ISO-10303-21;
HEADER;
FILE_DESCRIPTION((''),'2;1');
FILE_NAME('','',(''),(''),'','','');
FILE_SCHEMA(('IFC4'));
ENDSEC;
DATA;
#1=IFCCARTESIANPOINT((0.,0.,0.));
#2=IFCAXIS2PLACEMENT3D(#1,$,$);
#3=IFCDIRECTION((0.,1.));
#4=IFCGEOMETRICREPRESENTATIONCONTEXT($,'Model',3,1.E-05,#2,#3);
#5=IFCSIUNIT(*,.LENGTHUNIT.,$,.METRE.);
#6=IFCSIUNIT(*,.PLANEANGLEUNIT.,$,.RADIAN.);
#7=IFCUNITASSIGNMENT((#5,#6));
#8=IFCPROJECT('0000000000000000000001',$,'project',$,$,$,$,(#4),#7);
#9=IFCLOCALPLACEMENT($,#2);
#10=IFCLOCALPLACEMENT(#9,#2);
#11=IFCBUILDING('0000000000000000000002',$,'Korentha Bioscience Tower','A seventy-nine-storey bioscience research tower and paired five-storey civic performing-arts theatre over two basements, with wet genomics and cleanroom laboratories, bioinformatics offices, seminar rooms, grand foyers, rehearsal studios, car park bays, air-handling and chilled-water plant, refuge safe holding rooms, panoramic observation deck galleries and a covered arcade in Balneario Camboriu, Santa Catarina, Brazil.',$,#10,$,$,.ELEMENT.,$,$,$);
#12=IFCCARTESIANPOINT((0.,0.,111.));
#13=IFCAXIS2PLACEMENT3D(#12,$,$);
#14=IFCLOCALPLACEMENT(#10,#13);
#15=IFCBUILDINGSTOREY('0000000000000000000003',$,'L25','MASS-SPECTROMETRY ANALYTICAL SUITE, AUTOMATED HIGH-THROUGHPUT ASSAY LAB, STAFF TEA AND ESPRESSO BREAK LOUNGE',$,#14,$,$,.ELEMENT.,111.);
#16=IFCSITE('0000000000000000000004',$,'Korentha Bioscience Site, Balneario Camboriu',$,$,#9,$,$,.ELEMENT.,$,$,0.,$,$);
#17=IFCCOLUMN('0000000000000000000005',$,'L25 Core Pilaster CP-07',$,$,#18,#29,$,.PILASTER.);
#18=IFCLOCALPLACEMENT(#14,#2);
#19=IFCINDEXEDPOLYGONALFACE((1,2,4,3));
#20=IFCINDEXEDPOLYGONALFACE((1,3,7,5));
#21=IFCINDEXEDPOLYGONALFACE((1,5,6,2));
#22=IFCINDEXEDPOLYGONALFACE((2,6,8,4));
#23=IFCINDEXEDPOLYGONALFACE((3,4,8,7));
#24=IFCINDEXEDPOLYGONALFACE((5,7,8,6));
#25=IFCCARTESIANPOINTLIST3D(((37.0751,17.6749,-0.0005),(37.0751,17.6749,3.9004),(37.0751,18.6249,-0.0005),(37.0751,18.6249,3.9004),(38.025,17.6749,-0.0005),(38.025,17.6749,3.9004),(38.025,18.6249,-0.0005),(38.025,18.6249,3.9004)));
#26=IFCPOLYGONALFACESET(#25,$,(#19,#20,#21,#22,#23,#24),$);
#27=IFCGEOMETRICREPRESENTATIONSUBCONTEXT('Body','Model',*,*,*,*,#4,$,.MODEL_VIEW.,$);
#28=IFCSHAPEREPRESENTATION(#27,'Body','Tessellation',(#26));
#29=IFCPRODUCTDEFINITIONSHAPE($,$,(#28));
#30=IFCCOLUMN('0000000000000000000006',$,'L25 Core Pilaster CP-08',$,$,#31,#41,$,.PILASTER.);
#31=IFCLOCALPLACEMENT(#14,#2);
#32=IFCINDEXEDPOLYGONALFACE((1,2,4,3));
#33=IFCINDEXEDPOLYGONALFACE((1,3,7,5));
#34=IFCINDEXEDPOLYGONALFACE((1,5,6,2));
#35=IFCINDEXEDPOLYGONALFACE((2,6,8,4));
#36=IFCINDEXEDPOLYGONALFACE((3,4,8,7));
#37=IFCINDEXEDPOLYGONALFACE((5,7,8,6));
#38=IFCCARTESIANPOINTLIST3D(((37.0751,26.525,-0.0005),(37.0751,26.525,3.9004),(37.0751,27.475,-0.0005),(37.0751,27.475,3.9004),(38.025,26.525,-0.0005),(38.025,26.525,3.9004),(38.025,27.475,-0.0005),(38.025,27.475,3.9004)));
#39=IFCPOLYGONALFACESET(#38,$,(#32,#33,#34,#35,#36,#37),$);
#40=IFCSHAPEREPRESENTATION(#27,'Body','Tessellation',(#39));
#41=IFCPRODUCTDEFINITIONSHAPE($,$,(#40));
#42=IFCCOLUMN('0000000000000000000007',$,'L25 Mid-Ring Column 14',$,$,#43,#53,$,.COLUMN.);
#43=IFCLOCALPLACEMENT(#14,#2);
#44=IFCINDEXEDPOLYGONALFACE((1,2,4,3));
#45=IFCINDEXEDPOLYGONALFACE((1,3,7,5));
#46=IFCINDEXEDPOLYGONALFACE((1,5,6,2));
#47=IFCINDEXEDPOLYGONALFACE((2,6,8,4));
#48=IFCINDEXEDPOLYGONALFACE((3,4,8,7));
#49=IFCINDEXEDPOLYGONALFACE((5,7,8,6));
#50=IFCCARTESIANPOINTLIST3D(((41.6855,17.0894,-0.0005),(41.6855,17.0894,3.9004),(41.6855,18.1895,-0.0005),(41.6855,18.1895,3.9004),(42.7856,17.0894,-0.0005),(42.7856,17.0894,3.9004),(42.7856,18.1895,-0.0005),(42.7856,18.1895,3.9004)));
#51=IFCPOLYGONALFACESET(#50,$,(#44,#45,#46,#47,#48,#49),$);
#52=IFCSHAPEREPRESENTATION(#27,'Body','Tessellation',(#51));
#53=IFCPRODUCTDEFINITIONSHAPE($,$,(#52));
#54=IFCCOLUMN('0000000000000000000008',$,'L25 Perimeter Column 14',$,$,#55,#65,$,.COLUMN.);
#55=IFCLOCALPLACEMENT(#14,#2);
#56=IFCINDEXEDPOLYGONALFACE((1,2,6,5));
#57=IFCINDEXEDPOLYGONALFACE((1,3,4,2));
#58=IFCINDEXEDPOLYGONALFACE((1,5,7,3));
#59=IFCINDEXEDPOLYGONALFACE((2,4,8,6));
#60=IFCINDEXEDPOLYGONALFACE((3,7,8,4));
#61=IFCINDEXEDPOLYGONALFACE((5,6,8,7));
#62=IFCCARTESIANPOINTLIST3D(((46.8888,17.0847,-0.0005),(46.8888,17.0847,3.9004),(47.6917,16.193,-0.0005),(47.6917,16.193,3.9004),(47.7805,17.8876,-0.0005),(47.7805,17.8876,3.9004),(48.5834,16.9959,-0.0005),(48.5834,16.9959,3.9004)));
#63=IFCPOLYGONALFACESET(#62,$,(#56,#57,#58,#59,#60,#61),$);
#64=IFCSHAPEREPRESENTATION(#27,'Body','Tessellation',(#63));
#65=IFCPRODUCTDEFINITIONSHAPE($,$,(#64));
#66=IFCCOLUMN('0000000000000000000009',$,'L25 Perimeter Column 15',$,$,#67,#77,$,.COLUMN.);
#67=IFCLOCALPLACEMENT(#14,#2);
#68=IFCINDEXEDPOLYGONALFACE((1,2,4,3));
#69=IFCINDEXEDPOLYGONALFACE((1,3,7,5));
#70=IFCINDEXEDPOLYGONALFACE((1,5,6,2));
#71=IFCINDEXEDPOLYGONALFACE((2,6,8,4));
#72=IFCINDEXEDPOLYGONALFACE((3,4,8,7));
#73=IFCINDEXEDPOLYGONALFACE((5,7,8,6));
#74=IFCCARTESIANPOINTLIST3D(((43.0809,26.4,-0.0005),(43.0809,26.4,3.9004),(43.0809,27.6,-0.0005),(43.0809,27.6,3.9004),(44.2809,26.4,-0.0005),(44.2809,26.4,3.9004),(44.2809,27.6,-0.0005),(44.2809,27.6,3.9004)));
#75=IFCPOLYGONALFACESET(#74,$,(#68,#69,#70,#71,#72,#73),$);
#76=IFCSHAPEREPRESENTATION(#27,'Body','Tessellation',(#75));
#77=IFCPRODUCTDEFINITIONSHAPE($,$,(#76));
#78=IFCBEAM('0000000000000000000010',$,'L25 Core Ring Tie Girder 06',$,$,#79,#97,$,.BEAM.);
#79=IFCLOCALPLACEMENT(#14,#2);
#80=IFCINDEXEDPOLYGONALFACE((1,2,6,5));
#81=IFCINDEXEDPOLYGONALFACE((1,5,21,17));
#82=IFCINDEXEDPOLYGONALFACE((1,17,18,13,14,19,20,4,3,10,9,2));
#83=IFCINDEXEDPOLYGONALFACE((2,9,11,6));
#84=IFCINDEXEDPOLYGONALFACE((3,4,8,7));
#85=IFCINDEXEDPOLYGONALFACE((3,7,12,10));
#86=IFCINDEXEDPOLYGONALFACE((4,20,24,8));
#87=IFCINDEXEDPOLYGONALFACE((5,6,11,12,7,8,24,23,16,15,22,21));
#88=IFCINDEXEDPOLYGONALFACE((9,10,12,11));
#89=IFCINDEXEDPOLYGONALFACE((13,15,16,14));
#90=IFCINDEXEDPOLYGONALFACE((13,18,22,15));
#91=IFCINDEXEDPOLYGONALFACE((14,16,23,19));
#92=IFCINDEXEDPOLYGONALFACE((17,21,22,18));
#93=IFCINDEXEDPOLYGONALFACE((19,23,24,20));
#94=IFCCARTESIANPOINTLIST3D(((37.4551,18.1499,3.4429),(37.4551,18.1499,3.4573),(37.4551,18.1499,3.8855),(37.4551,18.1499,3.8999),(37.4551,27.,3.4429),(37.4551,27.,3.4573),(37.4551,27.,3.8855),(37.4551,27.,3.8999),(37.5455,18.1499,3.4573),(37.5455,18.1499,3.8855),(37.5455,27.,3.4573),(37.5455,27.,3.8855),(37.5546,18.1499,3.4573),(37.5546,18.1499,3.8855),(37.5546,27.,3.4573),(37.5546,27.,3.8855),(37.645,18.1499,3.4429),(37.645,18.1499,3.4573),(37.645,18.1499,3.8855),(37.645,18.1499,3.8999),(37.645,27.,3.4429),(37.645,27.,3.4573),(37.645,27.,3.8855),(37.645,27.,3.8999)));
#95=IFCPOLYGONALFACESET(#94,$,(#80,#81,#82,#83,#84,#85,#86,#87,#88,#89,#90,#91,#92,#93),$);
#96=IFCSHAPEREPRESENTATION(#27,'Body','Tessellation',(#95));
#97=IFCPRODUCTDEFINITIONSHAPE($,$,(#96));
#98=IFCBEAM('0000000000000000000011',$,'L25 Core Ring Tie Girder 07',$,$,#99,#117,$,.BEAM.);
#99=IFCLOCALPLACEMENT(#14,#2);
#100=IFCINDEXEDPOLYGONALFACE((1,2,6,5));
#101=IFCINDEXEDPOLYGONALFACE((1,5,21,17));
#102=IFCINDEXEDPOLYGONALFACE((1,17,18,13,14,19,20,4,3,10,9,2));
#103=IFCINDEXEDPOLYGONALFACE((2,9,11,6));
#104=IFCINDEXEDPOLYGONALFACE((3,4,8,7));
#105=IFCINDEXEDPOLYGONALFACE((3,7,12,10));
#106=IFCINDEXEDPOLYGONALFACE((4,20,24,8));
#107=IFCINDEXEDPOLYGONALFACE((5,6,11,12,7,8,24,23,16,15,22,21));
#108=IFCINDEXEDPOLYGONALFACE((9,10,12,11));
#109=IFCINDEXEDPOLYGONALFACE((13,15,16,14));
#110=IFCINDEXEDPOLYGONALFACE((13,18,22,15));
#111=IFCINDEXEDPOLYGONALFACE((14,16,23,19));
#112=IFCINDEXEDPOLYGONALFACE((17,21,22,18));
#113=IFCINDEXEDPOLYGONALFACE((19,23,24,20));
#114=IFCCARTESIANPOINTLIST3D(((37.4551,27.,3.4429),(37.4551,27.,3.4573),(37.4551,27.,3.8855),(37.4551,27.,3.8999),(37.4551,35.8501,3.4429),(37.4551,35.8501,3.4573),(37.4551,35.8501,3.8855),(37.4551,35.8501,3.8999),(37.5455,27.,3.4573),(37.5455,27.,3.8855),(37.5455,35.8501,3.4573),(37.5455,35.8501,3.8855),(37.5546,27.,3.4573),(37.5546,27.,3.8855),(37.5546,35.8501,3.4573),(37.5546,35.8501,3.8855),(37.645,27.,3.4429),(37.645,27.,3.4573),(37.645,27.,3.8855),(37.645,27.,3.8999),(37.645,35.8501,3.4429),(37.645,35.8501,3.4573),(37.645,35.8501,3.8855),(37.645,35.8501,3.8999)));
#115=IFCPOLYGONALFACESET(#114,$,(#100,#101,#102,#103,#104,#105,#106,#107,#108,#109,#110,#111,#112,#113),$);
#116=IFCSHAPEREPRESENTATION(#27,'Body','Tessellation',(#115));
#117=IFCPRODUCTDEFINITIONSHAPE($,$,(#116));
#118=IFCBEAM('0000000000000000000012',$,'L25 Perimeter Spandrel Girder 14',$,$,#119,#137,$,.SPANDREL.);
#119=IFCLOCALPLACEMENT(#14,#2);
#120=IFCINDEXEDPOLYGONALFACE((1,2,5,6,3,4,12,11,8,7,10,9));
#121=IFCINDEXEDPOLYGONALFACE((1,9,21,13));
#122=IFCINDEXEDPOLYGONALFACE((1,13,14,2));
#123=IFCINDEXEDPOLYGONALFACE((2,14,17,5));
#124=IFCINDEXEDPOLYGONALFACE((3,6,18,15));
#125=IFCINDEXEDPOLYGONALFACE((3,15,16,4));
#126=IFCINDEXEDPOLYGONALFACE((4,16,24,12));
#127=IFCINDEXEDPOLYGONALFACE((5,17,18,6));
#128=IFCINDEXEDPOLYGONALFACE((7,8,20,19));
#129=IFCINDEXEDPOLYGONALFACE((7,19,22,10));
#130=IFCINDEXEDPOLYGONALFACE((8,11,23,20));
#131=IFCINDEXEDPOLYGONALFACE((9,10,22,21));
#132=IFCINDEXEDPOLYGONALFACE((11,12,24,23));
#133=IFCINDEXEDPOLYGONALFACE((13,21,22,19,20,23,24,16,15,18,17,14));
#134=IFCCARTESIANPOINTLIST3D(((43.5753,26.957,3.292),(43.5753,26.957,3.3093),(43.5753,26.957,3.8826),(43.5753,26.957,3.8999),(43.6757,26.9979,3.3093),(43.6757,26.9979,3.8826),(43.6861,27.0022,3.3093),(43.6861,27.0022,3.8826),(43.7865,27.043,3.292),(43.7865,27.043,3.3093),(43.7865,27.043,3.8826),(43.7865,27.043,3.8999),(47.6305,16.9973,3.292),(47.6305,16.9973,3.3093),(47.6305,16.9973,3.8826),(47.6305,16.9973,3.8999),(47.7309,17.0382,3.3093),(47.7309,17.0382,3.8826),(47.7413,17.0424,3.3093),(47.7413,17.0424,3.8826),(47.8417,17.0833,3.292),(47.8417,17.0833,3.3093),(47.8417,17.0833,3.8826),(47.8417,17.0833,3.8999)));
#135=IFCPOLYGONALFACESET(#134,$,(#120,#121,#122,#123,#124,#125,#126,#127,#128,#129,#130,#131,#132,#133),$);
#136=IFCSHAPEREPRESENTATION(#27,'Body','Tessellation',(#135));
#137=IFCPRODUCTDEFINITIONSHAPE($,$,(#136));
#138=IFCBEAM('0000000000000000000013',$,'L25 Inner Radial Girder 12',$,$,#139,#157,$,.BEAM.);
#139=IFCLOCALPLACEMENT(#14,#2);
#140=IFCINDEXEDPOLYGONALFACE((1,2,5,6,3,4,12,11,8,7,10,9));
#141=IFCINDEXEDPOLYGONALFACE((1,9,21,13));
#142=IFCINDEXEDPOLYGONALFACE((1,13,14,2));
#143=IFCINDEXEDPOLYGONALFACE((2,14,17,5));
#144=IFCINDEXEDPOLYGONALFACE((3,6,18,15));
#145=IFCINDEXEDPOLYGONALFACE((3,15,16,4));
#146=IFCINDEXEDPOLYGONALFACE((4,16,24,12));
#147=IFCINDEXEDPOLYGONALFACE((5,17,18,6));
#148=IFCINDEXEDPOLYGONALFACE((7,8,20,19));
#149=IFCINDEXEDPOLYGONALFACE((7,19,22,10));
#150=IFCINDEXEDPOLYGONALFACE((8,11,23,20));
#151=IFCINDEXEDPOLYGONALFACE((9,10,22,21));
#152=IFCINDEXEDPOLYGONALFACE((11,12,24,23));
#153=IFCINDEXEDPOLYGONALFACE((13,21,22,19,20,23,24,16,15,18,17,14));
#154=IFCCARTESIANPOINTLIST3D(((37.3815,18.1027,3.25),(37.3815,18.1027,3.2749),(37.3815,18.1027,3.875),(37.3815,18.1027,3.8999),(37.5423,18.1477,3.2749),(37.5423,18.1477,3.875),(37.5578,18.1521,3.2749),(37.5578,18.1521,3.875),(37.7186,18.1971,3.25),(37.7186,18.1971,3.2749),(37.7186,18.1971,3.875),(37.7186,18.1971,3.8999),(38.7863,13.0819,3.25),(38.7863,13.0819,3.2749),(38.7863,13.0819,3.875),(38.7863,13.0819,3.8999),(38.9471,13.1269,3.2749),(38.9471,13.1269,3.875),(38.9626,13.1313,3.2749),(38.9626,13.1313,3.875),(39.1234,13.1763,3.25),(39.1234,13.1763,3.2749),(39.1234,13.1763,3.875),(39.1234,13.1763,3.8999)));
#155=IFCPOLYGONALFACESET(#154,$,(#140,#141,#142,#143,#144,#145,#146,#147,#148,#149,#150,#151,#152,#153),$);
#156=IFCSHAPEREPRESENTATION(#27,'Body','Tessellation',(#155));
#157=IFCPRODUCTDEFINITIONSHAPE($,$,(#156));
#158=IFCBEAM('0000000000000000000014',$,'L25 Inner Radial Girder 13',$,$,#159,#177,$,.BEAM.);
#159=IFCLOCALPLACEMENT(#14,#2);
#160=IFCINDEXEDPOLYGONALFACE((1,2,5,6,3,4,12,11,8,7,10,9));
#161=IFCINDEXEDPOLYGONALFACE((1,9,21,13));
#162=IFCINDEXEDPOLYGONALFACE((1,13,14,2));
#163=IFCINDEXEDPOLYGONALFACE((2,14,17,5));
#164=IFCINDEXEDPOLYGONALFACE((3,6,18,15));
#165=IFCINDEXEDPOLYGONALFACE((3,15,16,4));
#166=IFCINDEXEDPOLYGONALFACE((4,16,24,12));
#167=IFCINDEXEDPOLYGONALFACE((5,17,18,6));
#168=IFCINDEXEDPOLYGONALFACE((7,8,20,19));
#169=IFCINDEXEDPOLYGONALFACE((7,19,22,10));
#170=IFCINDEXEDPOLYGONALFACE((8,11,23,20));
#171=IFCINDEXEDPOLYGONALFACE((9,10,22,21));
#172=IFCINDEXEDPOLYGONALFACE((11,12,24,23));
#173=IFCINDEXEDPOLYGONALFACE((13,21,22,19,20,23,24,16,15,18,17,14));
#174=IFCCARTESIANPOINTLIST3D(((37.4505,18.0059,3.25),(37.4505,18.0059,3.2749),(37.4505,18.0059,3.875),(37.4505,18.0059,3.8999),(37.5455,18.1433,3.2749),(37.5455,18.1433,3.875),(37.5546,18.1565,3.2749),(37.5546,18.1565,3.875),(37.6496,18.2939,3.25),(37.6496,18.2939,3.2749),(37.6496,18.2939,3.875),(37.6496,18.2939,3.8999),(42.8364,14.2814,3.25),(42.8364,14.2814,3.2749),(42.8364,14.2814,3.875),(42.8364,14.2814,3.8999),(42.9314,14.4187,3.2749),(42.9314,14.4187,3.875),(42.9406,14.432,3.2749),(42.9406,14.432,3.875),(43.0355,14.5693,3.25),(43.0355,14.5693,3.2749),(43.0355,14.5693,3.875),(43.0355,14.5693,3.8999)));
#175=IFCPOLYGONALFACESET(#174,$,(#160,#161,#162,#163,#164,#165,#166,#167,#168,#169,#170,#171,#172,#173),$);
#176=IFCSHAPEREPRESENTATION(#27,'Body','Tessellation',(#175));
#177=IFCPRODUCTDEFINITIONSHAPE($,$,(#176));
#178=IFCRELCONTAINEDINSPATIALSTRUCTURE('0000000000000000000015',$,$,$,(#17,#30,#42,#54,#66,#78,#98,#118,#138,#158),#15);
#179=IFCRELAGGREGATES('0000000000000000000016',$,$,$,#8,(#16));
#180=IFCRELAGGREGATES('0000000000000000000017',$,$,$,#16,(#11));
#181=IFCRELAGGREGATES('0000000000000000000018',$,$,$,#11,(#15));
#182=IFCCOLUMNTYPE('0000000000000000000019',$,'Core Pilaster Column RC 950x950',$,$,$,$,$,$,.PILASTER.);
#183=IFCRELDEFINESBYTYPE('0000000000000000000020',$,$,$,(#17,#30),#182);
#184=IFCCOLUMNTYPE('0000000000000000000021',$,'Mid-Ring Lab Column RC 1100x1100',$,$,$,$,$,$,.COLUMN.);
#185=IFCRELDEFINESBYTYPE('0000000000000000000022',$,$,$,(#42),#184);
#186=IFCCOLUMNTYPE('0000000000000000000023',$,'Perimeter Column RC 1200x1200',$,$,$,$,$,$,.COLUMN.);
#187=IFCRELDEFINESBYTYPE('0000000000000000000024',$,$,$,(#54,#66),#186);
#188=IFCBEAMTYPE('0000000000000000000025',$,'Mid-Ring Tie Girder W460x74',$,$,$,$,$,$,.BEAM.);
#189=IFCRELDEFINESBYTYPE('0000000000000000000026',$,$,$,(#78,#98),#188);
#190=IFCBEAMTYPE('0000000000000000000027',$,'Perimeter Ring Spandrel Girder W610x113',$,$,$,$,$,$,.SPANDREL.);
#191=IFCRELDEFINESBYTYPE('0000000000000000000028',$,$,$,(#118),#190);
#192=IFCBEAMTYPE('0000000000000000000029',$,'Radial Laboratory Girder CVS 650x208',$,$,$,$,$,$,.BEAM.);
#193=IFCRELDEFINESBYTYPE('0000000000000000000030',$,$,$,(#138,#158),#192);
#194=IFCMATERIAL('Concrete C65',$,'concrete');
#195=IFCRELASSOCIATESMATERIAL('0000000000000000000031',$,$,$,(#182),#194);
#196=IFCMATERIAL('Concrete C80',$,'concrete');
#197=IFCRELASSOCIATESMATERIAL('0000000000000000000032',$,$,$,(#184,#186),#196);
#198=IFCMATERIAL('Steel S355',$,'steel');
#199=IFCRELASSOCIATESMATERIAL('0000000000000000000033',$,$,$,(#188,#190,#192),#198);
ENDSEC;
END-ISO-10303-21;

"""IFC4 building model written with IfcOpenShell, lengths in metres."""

from ifc_helpers import new_model, si_unit, direction, frame, origin, origin_2d, place, context, subcontext, project, spatial, rectangle, i_section, extrude, material, material_profile, profile_set, type_object, element, save


model = new_model("IFC4")

# Units and contexts
model_context = context("Model", 3, precision=1e-05, world=origin(), true_north=direction((0.0, 1.0)))
body_context = subcontext(model_context, "Body", "Model", "MODEL_VIEW")
ifc_project = project(units=[si_unit("LENGTHUNIT", "METRE"), si_unit("PLANEANGLEUNIT", "RADIAN")], contexts=[model_context])

# Site, building, storey
site_placement = place(None, origin())
site = spatial("IfcSite", under=ifc_project, at=site_placement, Name="Korentha Bioscience Site, Balneario Camboriu", CompositionType="ELEMENT", RefElevation=0.0)
building_placement = place(site_placement, origin())
building = spatial("IfcBuilding", under=site, at=building_placement, Name="Korentha Bioscience Tower", Description="A seventy-nine-storey bioscience research tower and paired five-storey civic performing-arts theatre over two basements, with wet genomics and cleanroom laboratories, bioinformatics offices, seminar rooms, grand foyers, rehearsal studios, car park bays, air-handling and chilled-water plant, refuge safe holding rooms, panoramic observation deck galleries and a covered arcade in Balneario Camboriu, Santa Catarina, Brazil.", CompositionType="ELEMENT")
storey_placement = place(building_placement, frame((0.0, 0.0, 111.0)))
storey = spatial("IfcBuildingStorey", under=building, at=storey_placement, Name="L25", Description="MASS-SPECTROMETRY ANALYTICAL SUITE, AUTOMATED HIGH-THROUGHPUT ASSAY LAB, STAFF TEA AND ESPRESSO BREAK LOUNGE", CompositionType="ELEMENT", Elevation=111.0)

# Columns
ifc_material_1 = material(Name="Concrete C65", Category="concrete")
ifc_material_profile_1 = material_profile(ifc_material_1, rectangle(XDim=0.95, YDim=0.95, at=origin_2d()), Name="Concrete C65")
ifc_profile_set_1 = profile_set([ifc_material_profile_1], Name="Concrete C65 (COL-CP09)")
column_type_1 = type_object("IfcColumnType", Name="Core Pilaster Column RC 950x950", PredefinedType="PILASTER", material=ifc_profile_set_1)
for number, where, z_axis, x_axis, name in (
    (1, (37.55, 18.1499, -0.0005), (0.0, 0.0, 1.0), (1.0, 0.0, 0.0), "L25 Core Pilaster CP-07"),
    (2, (37.55, 27.0, -0.0005), (0.0, 0.0, 1.0), (1.0, 0.0, 0.0), "L25 Core Pilaster CP-08"),
):
    element("IfcColumn", number, at=place(storey_placement, frame(where, z_axis=z_axis, x_axis=x_axis)), inside=storey, type_object=column_type_1, Name=name, PredefinedType="PILASTER", context=body_context, shape_type="SweptSolid", body=[
        extrude(rectangle(XDim=0.95, YDim=0.95, at=origin_2d()), origin(), (0.0, 0.0, 1.0), 3.9009),
    ])
ifc_material_2 = material(Name="Concrete C80", Category="concrete")
ifc_material_profile_2 = material_profile(ifc_material_2, rectangle(XDim=1.1001, YDim=1.1001, at=origin_2d()), Name="Concrete C80")
ifc_profile_set_2 = profile_set([ifc_material_profile_2], Name="Concrete C80 (COL-MR11)")
column_type_2 = type_object("IfcColumnType", Name="Mid-Ring Lab Column RC 1100x1100", PredefinedType="COLUMN", material=ifc_profile_set_2)
column_placement = place(storey_placement, frame((42.2356, 17.6394, -0.0005), z_axis=(0.0, 0.0, 1.0), x_axis=(1.0, 0.0, 0.0)))
element("IfcColumn", 3, at=column_placement, inside=storey, type_object=column_type_2, Name="L25 Mid-Ring Column 14", PredefinedType="COLUMN", context=body_context, shape_type="SweptSolid", body=[
    extrude(rectangle(XDim=1.1001, YDim=1.1001, at=origin_2d()), origin(), (0.0, 0.0, 1.0), 3.9009),
])
ifc_material_profile_3 = material_profile(ifc_material_2, rectangle(XDim=1.2, YDim=1.2, at=origin_2d()), Name="Concrete C80")
ifc_profile_set_3 = profile_set([ifc_material_profile_3], Name="Concrete C80 (COL-P12)")
column_type_3 = type_object("IfcColumnType", Name="Perimeter Column RC 1200x1200", PredefinedType="COLUMN", material=ifc_profile_set_3)
for number, where, z_axis, x_axis, name in (
    (4, (47.7361, 17.0403, -0.0005), (0.0, 0.0, 1.0), (-0.669131, 0.743145, 0.0), "L25 Perimeter Column 14"),
    (5, (43.6809, 27.0, -0.0005), (0.0, 0.0, 1.0), (0.0, 1.0, 0.0), "L25 Perimeter Column 15"),
):
    element("IfcColumn", number, at=place(storey_placement, frame(where, z_axis=z_axis, x_axis=x_axis)), inside=storey, type_object=column_type_3, Name=name, PredefinedType="COLUMN", context=body_context, shape_type="SweptSolid", body=[
        extrude(rectangle(XDim=1.2, YDim=1.2, at=origin_2d()), origin(), (0.0, 0.0, 1.0), 3.9009),
    ])

# Beams
ifc_material_3 = material(Name="Steel S355", Category="steel")
ifc_material_profile_4 = material_profile(ifc_material_3, i_section(OverallWidth=0.1899, OverallDepth=0.457, WebThickness=0.009, FlangeThickness=0.0144, at=origin_2d()), Name="Steel S355")
ifc_profile_set_4 = profile_set([ifc_material_profile_4], Name="Steel S355 (MB-460)")
beam_type_1 = type_object("IfcBeamType", Name="Mid-Ring Tie Girder W460x74", PredefinedType="BEAM", material=ifc_profile_set_4)
for number, where, z_axis, x_axis, name in (
    (6, (37.55, 18.1499, 3.6714), (0.0, 1.0, 0.0), (-1.0, 0.0, 0.0), "L25 Core Ring Tie Girder 06"),
    (7, (37.55, 27.0, 3.6714), (0.0, 1.0, 0.0), (-1.0, 0.0, 0.0), "L25 Core Ring Tie Girder 07"),
):
    element("IfcBeam", number, at=place(storey_placement, frame(where, z_axis=z_axis, x_axis=x_axis)), inside=storey, type_object=beam_type_1, Name=name, PredefinedType="BEAM", context=body_context, shape_type="SweptSolid", body=[
        extrude(i_section(OverallWidth=0.1899, OverallDepth=0.457, WebThickness=0.009, FlangeThickness=0.0144, at=origin_2d()), origin(), (0.0, 0.0, 1.0), 8.8501),
    ])
ifc_material_profile_5 = material_profile(ifc_material_3, i_section(OverallWidth=0.228, OverallDepth=0.6079, WebThickness=0.0112, FlangeThickness=0.0173, at=origin_2d()), Name="Steel S355")
ifc_profile_set_5 = profile_set([ifc_material_profile_5], Name="Steel S355 (SB-610)")
beam_type_2 = type_object("IfcBeamType", Name="Perimeter Ring Spandrel Girder W610x113", PredefinedType="SPANDREL", material=ifc_profile_set_5)
beam_1_placement = place(storey_placement, frame((47.7361, 17.0403, 3.5959), z_axis=(-0.377099, 0.926173, 0.0), x_axis=(-0.926173, -0.377099, 0.0)))
element("IfcBeam", 8, at=beam_1_placement, inside=storey, type_object=beam_type_2, Name="L25 Perimeter Spandrel Girder 14", PredefinedType="SPANDREL", context=body_context, shape_type="SweptSolid", body=[
    extrude(i_section(OverallWidth=0.228, OverallDepth=0.6079, WebThickness=0.0112, FlangeThickness=0.0173, at=origin_2d()), origin(), (0.0, 0.0, 1.0), 10.7537),
])
ifc_material_profile_6 = material_profile(ifc_material_3, i_section(OverallWidth=0.3501, OverallDepth=0.6499, WebThickness=0.0161, FlangeThickness=0.0249, at=origin_2d()), Name="Steel S355")
ifc_profile_set_6 = profile_set([ifc_material_profile_6], Name="Steel S355 (RB-650)")
beam_type_3 = type_object("IfcBeamType", Name="Radial Laboratory Girder CVS 650x208", PredefinedType="BEAM", material=ifc_profile_set_6)
beam_2_placement = place(storey_placement, frame((37.55, 18.1499, 3.575), z_axis=(0.269448, -0.963015, 0.0), x_axis=(0.963015, 0.269448, 0.0)))
element("IfcBeam", 9, at=beam_2_placement, inside=storey, type_object=beam_type_3, Name="L25 Inner Radial Girder 12", PredefinedType="BEAM", context=body_context, shape_type="SweptSolid", body=[
    extrude(i_section(OverallWidth=0.3501, OverallDepth=0.6499, WebThickness=0.0161, FlangeThickness=0.0249, at=origin_2d()), origin(), (0.0, 0.0, 1.0), 5.2136),
])
beam_3_placement = place(storey_placement, frame((37.55, 18.1499, 3.575), z_axis=(0.822489, -0.568781, 0.0), x_axis=(0.568781, 0.822489, 0.0)))
element("IfcBeam", 10, at=beam_3_placement, inside=storey, type_object=beam_type_3, Name="L25 Inner Radial Girder 13", PredefinedType="BEAM", context=body_context, shape_type="SweptSolid", body=[
    extrude(i_section(OverallWidth=0.3501, OverallDepth=0.6499, WebThickness=0.0161, FlangeThickness=0.0249, at=origin_2d()), origin(), (0.0, 0.0, 1.0), 6.5483),
])

save(model, "model.ifc")
